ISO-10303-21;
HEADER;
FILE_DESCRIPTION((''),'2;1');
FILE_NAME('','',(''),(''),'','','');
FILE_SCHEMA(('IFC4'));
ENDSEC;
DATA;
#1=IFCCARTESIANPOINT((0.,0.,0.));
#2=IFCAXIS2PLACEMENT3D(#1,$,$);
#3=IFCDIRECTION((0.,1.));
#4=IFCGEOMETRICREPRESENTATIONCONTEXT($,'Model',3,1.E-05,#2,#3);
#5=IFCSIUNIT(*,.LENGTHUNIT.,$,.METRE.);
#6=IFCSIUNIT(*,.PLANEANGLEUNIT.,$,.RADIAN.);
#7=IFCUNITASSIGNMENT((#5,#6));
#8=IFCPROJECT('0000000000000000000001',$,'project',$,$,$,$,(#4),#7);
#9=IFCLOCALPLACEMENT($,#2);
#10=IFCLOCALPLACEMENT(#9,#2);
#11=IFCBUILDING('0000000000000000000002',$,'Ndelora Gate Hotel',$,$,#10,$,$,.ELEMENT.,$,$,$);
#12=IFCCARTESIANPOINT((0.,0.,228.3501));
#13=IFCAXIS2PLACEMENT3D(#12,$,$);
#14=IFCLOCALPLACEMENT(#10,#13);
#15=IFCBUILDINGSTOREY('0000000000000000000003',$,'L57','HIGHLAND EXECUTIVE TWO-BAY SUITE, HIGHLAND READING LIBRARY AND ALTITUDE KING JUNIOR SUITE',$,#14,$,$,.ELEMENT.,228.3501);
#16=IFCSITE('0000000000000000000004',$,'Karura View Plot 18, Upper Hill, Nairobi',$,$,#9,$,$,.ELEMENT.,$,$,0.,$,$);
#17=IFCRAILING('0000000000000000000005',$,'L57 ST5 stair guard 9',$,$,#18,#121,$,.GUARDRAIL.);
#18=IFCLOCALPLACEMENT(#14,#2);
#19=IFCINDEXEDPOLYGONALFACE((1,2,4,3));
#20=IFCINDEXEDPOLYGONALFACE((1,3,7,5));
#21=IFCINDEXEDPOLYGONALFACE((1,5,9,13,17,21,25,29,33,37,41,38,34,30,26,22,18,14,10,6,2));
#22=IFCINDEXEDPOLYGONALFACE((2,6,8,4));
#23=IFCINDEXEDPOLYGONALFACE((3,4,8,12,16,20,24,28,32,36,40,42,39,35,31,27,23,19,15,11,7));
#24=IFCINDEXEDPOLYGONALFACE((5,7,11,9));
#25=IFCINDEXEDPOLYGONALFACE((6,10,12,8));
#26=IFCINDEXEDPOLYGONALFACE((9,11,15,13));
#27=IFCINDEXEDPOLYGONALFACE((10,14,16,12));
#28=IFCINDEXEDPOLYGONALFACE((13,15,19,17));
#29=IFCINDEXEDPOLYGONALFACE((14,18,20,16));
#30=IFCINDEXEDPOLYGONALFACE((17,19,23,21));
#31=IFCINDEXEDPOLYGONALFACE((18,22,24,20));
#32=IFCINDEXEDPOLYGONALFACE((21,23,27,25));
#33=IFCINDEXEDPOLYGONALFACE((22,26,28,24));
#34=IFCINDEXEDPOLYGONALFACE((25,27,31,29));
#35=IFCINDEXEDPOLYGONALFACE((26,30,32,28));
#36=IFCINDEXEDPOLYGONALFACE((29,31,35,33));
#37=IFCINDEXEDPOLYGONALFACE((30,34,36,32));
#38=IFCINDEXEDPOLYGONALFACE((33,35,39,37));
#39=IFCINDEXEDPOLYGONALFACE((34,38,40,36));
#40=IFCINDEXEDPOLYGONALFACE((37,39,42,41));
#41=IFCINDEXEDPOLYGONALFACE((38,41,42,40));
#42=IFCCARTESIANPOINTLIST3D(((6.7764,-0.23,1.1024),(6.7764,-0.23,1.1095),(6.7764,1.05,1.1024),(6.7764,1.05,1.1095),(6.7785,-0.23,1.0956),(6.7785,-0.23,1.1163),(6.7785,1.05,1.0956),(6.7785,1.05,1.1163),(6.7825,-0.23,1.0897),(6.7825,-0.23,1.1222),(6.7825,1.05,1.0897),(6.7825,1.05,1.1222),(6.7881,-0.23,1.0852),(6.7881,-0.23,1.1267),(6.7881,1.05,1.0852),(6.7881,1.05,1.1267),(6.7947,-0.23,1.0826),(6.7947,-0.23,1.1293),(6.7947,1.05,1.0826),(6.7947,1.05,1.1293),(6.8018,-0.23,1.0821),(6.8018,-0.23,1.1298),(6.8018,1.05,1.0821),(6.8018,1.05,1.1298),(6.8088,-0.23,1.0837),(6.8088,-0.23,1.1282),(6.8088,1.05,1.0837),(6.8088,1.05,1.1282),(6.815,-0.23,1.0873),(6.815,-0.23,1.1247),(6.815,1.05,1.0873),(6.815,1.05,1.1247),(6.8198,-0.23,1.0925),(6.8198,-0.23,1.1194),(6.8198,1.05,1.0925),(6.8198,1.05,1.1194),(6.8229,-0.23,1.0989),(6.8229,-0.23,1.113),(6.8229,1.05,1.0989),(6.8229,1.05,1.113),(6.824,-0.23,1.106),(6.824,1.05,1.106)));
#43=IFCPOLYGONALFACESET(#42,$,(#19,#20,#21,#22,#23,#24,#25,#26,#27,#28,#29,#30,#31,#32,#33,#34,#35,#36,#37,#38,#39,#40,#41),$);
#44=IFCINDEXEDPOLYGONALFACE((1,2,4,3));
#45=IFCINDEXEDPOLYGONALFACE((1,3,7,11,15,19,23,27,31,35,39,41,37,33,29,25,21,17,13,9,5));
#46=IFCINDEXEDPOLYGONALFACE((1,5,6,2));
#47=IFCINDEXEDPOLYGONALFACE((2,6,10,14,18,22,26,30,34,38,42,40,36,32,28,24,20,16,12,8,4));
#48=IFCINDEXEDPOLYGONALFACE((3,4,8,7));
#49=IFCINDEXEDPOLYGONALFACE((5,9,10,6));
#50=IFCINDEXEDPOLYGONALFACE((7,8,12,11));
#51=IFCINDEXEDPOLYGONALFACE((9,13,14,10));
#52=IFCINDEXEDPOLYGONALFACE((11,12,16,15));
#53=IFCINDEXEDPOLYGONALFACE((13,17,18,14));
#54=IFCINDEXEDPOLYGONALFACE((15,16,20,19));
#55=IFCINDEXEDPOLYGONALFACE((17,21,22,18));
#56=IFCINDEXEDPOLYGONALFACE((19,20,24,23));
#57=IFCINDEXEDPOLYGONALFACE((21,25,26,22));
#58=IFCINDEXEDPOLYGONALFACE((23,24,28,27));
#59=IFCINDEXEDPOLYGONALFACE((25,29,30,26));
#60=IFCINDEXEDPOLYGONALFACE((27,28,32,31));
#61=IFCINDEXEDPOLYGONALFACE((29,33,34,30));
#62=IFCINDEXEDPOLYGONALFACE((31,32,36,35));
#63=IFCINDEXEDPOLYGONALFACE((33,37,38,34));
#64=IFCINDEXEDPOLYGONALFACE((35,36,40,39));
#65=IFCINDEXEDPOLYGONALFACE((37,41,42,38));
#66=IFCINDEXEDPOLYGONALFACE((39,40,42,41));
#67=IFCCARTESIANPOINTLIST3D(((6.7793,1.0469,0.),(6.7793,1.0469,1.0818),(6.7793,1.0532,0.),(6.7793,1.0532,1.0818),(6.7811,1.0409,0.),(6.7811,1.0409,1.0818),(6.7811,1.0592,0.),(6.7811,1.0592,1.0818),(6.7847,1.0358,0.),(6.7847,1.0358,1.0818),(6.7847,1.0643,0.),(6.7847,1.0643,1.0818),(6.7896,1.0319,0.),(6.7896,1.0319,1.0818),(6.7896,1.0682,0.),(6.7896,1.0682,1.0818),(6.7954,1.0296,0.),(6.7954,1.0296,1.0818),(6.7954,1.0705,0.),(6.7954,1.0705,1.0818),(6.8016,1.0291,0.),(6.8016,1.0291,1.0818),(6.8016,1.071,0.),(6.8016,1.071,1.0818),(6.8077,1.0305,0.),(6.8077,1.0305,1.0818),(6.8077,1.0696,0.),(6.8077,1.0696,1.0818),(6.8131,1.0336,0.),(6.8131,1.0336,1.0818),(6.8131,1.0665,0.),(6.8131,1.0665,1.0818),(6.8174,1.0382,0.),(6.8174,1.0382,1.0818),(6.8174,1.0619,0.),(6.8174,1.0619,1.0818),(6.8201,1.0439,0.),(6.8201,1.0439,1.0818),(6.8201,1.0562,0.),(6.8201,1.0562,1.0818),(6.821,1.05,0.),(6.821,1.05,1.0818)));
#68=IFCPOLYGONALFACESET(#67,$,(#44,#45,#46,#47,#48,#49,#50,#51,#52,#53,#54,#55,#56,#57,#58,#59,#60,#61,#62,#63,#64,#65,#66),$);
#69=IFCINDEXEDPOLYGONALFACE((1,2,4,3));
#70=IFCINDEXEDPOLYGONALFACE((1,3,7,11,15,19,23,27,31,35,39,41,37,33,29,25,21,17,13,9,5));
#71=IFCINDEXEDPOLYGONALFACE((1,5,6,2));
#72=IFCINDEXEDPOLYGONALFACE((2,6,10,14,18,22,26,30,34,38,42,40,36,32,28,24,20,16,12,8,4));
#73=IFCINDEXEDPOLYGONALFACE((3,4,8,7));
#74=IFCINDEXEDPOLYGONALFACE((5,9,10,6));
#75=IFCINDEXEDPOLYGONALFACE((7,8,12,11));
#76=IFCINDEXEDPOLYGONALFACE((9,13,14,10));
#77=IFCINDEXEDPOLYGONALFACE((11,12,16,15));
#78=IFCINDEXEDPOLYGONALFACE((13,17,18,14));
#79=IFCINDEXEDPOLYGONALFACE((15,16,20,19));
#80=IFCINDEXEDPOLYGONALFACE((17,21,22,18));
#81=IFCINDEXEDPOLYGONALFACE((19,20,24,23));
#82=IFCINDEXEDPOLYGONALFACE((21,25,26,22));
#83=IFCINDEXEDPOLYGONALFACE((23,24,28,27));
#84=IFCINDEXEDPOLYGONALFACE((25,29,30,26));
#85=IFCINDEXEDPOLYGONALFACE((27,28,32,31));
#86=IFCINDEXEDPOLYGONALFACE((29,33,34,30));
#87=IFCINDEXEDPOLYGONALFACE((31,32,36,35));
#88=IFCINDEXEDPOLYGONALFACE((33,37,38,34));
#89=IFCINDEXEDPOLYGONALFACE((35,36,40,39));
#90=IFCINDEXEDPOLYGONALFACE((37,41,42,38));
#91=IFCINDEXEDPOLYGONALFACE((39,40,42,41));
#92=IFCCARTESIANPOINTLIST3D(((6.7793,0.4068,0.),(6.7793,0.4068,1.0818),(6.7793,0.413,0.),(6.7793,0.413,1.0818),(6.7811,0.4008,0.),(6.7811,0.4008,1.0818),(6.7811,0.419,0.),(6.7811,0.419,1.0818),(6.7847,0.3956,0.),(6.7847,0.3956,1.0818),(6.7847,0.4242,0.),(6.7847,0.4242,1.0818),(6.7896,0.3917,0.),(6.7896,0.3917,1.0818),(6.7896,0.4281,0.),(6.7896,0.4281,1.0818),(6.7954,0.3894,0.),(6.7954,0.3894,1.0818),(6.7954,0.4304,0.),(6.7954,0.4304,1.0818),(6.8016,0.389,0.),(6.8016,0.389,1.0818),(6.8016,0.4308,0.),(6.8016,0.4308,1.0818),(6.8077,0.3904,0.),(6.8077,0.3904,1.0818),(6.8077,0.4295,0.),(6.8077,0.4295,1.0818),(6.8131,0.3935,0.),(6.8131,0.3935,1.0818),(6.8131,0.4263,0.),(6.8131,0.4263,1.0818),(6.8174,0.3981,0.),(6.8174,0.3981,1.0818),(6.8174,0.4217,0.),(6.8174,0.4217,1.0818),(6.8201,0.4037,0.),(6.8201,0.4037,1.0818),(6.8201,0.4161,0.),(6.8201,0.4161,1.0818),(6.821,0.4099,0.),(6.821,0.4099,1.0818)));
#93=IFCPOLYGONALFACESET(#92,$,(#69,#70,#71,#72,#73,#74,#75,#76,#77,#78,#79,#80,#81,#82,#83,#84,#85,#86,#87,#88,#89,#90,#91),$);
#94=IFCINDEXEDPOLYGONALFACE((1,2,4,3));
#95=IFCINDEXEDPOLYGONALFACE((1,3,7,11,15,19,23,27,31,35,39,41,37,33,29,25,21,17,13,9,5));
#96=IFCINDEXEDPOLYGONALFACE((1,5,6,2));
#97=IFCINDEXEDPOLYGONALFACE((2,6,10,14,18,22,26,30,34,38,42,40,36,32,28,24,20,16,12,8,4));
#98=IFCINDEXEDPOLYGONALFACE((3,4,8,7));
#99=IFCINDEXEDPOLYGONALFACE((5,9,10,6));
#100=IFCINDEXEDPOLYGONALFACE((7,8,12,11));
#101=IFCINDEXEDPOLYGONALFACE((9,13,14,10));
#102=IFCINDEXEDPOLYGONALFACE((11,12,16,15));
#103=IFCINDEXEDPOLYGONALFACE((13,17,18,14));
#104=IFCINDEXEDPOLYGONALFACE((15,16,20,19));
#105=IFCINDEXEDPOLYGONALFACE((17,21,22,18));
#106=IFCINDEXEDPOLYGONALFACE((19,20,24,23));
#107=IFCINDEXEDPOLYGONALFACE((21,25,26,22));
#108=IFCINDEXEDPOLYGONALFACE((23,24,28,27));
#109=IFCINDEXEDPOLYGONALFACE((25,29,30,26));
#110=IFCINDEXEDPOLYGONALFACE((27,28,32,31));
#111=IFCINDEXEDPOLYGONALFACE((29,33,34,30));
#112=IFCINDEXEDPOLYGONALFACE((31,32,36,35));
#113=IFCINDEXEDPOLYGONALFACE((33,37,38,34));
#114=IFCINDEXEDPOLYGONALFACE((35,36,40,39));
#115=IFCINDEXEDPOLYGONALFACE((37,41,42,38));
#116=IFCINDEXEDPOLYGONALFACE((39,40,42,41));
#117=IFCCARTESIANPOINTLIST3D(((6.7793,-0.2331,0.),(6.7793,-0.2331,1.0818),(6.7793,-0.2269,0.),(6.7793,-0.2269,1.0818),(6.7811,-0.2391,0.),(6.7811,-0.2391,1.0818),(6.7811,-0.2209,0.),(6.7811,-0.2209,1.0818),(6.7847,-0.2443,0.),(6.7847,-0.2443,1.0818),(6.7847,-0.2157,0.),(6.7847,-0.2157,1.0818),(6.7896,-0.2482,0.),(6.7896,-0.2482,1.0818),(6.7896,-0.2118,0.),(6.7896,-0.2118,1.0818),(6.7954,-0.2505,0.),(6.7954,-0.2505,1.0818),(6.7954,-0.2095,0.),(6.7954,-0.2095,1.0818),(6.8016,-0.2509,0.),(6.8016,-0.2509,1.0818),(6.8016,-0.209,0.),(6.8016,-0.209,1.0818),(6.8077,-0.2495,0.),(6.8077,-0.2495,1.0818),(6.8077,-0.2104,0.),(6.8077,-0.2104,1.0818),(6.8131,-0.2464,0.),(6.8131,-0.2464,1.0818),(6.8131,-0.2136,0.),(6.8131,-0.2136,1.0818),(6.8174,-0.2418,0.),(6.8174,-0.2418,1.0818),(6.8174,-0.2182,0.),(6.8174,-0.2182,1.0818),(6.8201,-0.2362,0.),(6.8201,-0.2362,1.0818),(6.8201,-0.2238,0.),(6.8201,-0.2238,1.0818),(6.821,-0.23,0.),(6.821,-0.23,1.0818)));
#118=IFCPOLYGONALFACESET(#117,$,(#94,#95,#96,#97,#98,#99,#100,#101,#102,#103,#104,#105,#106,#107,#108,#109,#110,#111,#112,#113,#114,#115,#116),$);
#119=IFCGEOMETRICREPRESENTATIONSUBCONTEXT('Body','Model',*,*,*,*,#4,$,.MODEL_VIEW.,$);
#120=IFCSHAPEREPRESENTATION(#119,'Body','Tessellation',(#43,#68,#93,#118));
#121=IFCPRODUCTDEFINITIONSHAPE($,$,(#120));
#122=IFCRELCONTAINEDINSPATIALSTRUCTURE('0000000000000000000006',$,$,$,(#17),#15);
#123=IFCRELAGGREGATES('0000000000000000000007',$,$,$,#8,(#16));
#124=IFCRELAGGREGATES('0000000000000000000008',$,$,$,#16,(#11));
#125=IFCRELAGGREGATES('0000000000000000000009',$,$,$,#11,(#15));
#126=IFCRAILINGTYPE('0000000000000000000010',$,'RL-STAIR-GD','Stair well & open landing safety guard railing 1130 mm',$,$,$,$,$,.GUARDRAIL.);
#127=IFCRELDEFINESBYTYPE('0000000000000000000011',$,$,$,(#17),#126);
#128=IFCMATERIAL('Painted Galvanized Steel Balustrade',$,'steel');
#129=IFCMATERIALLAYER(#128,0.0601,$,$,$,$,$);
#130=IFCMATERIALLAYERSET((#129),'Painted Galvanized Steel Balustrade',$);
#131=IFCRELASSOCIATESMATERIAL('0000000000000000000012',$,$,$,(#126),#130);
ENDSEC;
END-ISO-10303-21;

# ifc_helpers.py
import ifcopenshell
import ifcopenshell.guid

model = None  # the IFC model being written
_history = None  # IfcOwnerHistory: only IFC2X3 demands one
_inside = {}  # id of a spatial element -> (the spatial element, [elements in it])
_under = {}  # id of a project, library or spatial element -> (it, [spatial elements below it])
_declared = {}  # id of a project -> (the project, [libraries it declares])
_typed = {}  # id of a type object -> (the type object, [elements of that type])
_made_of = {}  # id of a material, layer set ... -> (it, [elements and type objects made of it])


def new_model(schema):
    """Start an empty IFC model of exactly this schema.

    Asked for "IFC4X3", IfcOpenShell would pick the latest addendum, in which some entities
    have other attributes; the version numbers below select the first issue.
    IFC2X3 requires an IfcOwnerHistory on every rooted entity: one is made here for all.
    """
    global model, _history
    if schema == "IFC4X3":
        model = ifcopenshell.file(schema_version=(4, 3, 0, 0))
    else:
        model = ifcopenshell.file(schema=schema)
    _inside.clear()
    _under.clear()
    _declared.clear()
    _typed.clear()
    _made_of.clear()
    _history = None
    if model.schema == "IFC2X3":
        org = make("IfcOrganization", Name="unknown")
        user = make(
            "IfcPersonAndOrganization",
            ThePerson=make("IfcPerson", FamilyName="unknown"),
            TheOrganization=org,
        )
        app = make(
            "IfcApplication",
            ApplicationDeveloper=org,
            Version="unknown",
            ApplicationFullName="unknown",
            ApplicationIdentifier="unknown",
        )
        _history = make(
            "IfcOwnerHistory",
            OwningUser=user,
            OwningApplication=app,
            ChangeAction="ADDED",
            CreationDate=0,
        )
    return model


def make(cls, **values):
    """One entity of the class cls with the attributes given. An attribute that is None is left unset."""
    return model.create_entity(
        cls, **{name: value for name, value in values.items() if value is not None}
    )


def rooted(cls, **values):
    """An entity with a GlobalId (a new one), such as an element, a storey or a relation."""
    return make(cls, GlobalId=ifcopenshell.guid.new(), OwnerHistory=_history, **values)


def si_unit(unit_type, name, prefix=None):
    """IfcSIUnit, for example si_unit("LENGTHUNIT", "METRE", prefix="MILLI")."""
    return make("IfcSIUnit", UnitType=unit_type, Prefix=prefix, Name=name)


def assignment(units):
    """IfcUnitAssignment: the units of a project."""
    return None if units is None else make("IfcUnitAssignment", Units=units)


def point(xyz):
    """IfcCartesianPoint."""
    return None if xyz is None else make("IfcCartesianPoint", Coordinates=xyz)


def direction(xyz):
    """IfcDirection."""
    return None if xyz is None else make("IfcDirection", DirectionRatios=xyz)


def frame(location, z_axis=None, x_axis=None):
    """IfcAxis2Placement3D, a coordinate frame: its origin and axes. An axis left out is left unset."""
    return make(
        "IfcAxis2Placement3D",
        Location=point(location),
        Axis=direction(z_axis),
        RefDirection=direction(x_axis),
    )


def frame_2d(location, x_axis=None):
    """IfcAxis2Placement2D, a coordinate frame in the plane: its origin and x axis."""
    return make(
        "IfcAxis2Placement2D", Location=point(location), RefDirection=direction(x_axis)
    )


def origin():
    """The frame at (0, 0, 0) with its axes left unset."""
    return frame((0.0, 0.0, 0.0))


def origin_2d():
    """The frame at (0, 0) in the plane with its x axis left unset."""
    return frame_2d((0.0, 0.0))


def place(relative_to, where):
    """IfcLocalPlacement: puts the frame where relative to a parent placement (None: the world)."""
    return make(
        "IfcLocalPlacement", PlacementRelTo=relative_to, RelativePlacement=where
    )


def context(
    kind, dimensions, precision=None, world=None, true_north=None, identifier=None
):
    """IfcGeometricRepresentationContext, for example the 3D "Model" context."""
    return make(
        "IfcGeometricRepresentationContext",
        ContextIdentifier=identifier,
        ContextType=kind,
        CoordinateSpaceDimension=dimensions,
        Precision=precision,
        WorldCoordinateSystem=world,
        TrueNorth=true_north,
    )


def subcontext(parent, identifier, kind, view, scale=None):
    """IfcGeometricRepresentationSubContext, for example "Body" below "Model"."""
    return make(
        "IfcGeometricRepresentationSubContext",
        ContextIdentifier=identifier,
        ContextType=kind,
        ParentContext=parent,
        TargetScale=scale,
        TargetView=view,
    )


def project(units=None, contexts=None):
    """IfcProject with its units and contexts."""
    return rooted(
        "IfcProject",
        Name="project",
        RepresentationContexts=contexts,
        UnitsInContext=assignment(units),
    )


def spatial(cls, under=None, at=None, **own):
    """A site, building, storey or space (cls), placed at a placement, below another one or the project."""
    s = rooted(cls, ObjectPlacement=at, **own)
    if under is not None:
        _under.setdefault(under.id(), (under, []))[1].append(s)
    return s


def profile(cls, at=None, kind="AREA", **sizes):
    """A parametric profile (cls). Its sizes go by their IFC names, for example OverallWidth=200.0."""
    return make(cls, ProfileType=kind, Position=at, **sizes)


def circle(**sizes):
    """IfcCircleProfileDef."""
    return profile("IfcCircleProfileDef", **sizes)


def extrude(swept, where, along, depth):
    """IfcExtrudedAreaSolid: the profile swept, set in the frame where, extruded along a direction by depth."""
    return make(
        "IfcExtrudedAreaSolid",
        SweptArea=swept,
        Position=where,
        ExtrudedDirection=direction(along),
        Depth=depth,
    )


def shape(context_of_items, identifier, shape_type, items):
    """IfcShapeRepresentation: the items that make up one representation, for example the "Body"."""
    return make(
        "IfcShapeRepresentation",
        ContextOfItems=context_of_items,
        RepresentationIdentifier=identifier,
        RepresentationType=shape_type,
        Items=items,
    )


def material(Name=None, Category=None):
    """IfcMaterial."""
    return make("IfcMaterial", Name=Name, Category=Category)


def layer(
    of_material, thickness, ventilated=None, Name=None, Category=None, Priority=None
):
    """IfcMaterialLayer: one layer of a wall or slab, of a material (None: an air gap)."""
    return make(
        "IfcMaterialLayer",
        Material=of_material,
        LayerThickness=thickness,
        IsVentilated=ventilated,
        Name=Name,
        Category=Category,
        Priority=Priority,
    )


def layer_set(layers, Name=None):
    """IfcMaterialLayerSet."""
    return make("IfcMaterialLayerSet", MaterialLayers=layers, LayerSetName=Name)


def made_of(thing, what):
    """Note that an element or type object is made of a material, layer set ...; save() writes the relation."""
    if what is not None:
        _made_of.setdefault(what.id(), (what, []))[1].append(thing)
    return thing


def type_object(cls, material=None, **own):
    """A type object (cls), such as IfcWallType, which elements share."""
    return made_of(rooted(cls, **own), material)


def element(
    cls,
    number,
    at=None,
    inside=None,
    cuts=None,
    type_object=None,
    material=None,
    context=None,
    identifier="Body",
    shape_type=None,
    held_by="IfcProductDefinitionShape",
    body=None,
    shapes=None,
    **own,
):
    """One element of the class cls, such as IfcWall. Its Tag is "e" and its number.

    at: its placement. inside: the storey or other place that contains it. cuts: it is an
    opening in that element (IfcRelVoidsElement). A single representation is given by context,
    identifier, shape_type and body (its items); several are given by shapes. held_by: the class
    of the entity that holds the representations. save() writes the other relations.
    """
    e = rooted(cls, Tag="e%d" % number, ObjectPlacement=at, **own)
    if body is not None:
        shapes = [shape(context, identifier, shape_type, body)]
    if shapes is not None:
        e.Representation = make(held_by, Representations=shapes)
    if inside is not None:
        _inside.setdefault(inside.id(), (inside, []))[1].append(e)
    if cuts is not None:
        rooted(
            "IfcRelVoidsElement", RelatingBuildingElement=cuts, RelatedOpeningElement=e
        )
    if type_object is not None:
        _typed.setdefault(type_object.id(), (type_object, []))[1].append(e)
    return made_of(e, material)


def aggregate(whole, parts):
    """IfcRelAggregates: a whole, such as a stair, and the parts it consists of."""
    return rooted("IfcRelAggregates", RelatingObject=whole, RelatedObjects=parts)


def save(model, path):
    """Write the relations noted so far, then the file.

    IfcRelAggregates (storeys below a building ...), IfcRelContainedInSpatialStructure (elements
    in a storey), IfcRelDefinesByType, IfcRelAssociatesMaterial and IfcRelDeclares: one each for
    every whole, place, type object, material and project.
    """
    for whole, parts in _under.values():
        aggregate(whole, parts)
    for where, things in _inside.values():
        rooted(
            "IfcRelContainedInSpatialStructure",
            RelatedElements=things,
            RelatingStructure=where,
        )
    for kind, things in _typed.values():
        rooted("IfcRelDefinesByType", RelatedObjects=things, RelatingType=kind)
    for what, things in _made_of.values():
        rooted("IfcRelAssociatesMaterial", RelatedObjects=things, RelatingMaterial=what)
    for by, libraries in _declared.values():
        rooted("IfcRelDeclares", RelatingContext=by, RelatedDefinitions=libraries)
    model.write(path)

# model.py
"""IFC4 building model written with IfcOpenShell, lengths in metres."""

from ifc_helpers import new_model, si_unit, direction, frame, origin, origin_2d, place, context, subcontext, project, spatial, circle, extrude, material, layer, layer_set, type_object, element, save


model = new_model("IFC4")

# Units and contexts
model_context = context("Model", 3, precision=1e-05, world=origin(), true_north=direction((0.0, 1.0)))
body_context = subcontext(model_context, "Body", "Model", "MODEL_VIEW")
ifc_project = project(units=[si_unit("LENGTHUNIT", "METRE"), si_unit("PLANEANGLEUNIT", "RADIAN")], contexts=[model_context])

# Site, building, storey
site_placement = place(None, origin())
site = spatial("IfcSite", under=ifc_project, at=site_placement, Name="Karura View Plot 18, Upper Hill, Nairobi", CompositionType="ELEMENT", RefElevation=0.0)
building_placement = place(site_placement, origin())
building = spatial("IfcBuilding", under=site, at=building_placement, Name="Ndelora Gate Hotel", CompositionType="ELEMENT")
storey_placement = place(building_placement, frame((0.0, 0.0, 228.3501)))
storey = spatial("IfcBuildingStorey", under=building, at=storey_placement, Name="L57", Description="HIGHLAND EXECUTIVE TWO-BAY SUITE, HIGHLAND READING LIBRARY AND ALTITUDE KING JUNIOR SUITE", CompositionType="ELEMENT", Elevation=228.3501)

# Railing
ifc_material_1 = material(Name="Painted Galvanized Steel Balustrade", Category="steel")
ifc_layer_1 = layer(ifc_material_1, 0.0601)
ifc_layer_set_1 = layer_set([ifc_layer_1], Name="Painted Galvanized Steel Balustrade")
railing_type_1 = type_object("IfcRailingType", Name="RL-STAIR-GD", Description="Stair well & open landing safety guard railing 1130 mm", PredefinedType="GUARDRAIL", material=ifc_layer_set_1)
for number, where, name in (
    (1, (6.8, 1.05, 0.0), "L57 ST5 stair guard 9"),
):
    element("IfcRailing", number, at=place(storey_placement, frame(where)), inside=storey, type_object=railing_type_1, Name=name, PredefinedType="GUARDRAIL", context=body_context, shape_type="SweptSolid", body=[
        extrude(circle(Radius=0.0239, at=origin_2d()), frame((0.0, 0.0, 1.106), z_axis=(0.0, -1.0, 0.0), x_axis=(1.0, 0.0, 0.0)), (0.0, 0.0, 1.0), 1.28),
        extrude(circle(Radius=0.021, at=origin_2d()), origin(), (0.0, 0.0, 1.0), 1.0818),
        extrude(circle(Radius=0.021, at=origin_2d()), frame((0.0, -0.6401, 0.0)), (0.0, 0.0, 1.0), 1.0818),
        extrude(circle(Radius=0.021, at=origin_2d()), frame((0.0, -1.28, 0.0)), (0.0, 0.0, 1.0), 1.0818),
    ])

save(model, "model.ifc")
